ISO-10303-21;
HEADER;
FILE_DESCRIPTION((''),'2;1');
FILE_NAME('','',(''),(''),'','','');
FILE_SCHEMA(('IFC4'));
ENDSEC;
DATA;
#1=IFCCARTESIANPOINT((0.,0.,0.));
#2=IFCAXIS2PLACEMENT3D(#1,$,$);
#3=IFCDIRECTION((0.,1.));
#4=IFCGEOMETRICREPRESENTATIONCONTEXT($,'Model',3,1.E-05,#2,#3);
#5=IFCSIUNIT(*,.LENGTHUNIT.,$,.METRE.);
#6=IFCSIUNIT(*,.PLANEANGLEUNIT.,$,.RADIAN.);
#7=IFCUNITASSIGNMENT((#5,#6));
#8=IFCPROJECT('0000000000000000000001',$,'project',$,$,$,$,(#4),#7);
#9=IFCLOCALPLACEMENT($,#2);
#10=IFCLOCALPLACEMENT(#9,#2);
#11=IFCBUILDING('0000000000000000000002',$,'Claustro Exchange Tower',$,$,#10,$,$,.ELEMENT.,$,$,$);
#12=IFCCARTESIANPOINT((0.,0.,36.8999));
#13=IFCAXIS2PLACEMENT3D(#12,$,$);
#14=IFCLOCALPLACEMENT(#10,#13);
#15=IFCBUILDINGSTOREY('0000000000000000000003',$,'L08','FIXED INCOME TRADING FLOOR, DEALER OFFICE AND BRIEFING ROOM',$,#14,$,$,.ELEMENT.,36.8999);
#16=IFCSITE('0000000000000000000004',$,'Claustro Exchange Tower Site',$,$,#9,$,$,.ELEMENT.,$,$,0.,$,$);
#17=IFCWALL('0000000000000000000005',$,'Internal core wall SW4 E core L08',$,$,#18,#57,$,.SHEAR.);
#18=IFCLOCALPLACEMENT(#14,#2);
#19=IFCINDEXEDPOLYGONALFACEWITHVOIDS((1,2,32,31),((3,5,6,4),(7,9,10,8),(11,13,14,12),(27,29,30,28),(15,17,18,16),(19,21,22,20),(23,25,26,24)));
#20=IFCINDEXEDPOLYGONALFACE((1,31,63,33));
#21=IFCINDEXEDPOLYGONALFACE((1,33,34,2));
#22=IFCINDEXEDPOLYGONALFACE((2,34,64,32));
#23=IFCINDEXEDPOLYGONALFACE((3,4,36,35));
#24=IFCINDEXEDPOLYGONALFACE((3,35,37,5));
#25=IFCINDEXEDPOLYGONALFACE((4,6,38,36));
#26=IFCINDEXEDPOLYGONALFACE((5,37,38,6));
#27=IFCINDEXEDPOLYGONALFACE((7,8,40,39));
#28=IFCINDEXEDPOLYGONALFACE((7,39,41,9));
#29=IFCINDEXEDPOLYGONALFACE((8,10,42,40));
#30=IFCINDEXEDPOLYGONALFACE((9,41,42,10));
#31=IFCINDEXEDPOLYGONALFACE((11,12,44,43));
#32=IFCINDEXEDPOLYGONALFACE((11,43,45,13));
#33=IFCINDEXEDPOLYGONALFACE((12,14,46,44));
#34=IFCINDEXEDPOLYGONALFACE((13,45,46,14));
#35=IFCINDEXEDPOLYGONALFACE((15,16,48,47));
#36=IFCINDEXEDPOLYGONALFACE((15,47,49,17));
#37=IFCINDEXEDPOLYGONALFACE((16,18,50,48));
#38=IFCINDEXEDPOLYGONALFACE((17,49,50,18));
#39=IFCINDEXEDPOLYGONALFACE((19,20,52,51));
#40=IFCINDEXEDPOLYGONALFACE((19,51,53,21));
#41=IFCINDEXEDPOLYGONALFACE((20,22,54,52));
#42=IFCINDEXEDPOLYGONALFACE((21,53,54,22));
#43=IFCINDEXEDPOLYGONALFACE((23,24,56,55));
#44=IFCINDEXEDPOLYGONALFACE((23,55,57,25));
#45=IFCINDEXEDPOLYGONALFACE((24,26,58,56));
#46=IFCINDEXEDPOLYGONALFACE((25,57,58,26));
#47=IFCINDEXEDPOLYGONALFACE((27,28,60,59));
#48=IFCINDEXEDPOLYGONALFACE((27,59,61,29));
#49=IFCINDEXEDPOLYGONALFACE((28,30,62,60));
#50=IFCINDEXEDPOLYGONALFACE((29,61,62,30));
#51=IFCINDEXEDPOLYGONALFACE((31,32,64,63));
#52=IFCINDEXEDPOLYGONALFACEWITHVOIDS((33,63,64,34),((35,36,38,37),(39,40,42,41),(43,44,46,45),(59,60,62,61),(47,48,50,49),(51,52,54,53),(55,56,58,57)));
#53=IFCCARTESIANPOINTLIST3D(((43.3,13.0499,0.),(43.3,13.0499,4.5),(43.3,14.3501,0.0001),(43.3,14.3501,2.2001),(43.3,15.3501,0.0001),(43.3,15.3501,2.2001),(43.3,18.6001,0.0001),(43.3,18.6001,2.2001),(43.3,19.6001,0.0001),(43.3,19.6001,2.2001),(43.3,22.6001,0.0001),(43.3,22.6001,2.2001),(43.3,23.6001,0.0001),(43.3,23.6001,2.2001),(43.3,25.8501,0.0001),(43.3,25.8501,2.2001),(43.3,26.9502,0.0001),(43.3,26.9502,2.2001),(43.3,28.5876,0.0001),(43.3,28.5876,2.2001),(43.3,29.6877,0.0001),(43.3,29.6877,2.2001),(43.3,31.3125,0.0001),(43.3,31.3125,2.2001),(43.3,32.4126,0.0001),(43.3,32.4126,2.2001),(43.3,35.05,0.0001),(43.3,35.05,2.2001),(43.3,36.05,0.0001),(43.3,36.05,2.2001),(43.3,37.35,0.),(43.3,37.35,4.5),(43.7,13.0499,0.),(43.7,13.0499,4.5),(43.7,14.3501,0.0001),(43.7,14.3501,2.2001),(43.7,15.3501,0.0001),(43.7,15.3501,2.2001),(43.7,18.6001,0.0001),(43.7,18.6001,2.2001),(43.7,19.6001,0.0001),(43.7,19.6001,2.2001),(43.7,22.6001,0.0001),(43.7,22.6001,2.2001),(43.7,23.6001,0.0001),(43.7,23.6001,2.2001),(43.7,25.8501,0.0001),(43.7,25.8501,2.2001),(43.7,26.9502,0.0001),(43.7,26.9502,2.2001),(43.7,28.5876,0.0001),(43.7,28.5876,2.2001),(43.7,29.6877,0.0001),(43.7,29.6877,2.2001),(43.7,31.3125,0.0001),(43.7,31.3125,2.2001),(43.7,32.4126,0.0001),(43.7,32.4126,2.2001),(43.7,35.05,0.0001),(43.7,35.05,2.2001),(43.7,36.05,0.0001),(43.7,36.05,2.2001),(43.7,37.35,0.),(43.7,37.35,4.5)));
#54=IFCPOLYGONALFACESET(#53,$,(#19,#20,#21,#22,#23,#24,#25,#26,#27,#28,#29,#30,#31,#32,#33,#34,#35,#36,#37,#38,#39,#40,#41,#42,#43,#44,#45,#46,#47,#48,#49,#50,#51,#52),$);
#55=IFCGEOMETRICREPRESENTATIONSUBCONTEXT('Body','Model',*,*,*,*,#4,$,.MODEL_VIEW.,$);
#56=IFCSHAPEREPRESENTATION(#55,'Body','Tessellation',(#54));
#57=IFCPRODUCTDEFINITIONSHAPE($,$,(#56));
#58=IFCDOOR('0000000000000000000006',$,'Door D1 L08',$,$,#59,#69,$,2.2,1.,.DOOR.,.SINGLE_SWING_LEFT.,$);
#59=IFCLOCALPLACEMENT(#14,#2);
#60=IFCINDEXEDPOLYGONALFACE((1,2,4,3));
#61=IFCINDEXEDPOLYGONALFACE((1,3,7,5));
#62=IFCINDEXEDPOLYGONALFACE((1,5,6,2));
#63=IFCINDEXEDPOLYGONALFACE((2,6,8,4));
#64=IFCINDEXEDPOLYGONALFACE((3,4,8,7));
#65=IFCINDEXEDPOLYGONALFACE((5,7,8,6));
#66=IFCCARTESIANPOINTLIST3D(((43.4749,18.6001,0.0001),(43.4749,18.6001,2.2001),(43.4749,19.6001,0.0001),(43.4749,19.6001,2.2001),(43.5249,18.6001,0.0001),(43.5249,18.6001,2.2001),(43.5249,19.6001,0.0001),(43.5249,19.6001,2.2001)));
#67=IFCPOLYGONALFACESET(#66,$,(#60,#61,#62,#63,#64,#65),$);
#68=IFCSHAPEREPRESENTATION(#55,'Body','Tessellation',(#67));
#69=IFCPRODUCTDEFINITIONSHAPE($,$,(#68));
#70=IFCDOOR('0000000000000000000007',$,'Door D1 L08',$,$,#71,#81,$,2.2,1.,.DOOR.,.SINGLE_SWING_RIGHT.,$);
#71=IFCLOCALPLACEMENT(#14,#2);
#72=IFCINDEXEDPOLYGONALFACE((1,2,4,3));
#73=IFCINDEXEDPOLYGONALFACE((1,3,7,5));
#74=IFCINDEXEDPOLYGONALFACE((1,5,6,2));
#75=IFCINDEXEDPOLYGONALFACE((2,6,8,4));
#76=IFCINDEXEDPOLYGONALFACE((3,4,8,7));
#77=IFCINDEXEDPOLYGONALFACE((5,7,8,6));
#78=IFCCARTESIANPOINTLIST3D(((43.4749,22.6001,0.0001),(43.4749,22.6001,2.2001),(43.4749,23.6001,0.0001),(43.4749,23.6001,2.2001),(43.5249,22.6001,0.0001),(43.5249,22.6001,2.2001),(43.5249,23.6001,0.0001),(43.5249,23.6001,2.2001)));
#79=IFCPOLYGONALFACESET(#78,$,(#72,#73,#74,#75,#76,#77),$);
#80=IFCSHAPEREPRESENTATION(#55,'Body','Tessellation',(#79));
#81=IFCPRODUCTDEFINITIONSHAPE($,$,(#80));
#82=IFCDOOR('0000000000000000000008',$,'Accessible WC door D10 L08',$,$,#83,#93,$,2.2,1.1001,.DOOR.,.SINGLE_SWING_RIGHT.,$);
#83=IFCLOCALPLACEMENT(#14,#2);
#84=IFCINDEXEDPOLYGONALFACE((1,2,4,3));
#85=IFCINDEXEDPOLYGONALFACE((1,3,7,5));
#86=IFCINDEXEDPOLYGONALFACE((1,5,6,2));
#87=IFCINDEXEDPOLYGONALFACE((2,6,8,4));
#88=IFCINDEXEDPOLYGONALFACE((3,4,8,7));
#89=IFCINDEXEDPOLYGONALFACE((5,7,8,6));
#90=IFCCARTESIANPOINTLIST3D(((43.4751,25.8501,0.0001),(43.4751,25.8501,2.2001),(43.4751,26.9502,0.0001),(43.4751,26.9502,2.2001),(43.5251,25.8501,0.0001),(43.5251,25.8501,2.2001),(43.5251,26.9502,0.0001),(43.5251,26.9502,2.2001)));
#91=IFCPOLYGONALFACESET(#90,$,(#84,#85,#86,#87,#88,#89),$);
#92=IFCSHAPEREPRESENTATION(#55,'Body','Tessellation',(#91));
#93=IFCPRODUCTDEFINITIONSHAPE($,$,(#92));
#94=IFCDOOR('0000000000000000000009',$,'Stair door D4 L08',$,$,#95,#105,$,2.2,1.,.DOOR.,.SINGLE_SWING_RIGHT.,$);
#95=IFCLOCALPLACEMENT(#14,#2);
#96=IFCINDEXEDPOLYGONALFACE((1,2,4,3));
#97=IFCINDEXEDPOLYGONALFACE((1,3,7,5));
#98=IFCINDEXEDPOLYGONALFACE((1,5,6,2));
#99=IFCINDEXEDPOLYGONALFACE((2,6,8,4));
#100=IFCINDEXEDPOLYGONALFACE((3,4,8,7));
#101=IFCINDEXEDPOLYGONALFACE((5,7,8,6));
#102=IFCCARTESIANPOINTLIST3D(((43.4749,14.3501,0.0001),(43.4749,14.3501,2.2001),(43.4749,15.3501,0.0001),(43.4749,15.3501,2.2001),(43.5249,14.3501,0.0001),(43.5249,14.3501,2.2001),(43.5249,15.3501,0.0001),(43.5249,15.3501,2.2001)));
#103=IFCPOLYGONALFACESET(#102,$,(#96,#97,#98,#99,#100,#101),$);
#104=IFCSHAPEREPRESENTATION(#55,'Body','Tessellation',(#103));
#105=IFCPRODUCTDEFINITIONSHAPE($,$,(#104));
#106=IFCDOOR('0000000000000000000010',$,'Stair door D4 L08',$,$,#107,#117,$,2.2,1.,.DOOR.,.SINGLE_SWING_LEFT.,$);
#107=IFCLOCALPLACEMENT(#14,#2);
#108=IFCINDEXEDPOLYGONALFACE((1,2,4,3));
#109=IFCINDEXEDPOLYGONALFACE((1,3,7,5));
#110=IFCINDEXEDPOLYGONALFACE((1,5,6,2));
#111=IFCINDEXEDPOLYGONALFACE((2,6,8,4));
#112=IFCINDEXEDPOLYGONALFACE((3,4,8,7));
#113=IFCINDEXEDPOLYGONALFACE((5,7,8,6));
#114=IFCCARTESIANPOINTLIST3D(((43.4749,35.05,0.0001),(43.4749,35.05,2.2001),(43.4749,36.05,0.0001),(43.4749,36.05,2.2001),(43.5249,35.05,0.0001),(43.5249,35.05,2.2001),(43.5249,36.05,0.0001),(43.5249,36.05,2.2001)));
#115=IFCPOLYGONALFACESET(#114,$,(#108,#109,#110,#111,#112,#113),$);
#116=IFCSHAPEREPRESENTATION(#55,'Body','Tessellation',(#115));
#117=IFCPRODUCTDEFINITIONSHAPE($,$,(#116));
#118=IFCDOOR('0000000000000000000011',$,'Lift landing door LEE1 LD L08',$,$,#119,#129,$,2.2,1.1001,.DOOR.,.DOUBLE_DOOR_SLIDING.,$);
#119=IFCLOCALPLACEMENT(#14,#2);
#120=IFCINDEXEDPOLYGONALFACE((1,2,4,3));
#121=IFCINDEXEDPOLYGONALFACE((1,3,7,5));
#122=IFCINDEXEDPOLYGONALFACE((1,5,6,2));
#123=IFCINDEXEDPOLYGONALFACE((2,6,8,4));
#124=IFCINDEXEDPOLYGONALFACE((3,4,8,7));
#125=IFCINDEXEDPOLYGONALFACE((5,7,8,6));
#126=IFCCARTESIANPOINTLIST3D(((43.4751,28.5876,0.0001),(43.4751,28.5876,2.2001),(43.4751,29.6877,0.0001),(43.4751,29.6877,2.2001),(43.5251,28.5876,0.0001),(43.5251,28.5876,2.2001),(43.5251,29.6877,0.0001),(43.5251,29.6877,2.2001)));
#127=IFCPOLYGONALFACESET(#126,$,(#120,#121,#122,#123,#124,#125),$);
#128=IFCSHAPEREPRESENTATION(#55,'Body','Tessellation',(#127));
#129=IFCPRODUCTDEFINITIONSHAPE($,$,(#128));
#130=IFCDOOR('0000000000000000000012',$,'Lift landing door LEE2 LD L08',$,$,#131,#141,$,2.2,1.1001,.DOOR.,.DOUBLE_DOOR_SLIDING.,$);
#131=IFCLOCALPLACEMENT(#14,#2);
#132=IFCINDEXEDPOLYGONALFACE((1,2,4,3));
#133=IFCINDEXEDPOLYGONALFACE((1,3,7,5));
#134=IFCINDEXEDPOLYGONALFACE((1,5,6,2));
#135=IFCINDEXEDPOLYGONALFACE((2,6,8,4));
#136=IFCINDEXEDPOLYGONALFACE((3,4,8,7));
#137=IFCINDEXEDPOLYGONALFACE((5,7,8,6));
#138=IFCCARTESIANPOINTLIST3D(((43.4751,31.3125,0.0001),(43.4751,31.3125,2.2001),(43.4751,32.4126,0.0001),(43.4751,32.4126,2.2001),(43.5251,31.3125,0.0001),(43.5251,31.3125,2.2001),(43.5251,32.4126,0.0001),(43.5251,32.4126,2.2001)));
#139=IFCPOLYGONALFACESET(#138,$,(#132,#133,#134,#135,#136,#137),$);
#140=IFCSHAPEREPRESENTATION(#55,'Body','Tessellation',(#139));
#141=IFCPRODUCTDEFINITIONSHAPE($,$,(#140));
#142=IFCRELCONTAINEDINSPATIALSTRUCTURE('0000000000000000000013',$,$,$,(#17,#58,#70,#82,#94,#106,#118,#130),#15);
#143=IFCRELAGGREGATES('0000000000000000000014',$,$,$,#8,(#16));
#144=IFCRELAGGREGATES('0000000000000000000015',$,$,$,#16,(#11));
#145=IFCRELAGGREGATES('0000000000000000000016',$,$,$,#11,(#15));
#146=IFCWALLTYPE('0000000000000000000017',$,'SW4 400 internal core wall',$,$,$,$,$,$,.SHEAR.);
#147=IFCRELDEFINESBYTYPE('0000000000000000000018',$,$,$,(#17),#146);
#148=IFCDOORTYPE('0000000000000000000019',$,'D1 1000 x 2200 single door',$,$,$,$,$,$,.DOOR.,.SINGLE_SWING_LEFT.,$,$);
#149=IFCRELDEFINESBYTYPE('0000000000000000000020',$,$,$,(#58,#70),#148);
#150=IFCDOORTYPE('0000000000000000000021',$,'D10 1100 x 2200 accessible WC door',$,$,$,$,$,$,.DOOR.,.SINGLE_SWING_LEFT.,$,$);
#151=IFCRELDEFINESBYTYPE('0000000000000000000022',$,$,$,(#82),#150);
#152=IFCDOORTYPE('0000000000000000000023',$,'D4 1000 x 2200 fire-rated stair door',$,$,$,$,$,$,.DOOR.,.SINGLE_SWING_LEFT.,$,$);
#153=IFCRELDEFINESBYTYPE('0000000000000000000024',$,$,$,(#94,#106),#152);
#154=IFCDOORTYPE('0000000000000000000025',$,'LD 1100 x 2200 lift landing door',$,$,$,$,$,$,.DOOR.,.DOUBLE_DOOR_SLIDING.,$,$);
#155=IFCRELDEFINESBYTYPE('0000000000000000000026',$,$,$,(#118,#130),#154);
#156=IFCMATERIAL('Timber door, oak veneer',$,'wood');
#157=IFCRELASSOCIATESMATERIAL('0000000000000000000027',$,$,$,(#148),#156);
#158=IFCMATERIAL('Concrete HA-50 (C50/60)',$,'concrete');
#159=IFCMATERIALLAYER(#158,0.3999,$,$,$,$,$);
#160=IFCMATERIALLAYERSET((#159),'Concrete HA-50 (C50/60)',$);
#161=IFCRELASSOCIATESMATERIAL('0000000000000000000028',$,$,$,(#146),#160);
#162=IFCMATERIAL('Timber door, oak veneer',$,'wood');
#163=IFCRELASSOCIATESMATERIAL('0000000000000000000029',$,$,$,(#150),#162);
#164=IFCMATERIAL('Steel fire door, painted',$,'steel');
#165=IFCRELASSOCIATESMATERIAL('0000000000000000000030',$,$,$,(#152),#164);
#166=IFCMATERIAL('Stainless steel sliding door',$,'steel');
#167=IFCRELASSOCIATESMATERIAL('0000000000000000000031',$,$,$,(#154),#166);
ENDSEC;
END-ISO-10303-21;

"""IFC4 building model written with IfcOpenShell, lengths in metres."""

from ifc_helpers import new_model, si_unit, direction, frame, frame_2d, origin, place, context, subcontext, project, spatial, rectangle, extrude, material, layer, layer_set, type_object, element, fill, save


model = new_model("IFC4")

# Units and contexts
model_context = context("Model", 3, precision=1e-05, world=origin(), true_north=direction((0.0, 1.0)))
body_context = subcontext(model_context, "Body", "Model", "MODEL_VIEW")
ifc_project = project(units=[si_unit("LENGTHUNIT", "METRE"), si_unit("PLANEANGLEUNIT", "RADIAN")], contexts=[model_context])

# Site, building, storey
site_placement = place(None, origin())
site = spatial("IfcSite", under=ifc_project, at=site_placement, Name="Claustro Exchange Tower Site", CompositionType="ELEMENT", RefElevation=0.0)
building_placement = place(site_placement, origin())
building = spatial("IfcBuilding", under=site, at=building_placement, Name="Claustro Exchange Tower", CompositionType="ELEMENT")
storey_placement = place(building_placement, frame((0.0, 0.0, 36.8999)))
storey = spatial("IfcBuildingStorey", under=building, at=storey_placement, Name="L08", Description="FIXED INCOME TRADING FLOOR, DEALER OFFICE AND BRIEFING ROOM", CompositionType="ELEMENT", Elevation=36.8999)

# Shared definitions
ifc_material_1 = material(Name="Timber door, oak veneer", Category="wood")
door_type_1 = type_object("IfcDoorType", Name="D1 1000 x 2200 single door", OperationType="SINGLE_SWING_LEFT", PredefinedType="DOOR", material=ifc_material_1)

# Wall, openings, doors
ifc_material_2 = material(Name="Concrete HA-50 (C50/60)", Category="concrete")
ifc_layer_1 = layer(ifc_material_2, 0.3999)
ifc_layer_set_1 = layer_set([ifc_layer_1], Name="Concrete HA-50 (C50/60)")
wall_type_1 = type_object("IfcWallType", Name="SW4 400 internal core wall", PredefinedType="SHEAR", material=ifc_layer_set_1)
wall_1_placement = place(storey_placement, frame((43.5, 13.05, 0.0), z_axis=(0.0, 0.0, 1.0), x_axis=(0.0, 1.0, 0.0)))
wall_1 = element("IfcWall", 1, at=wall_1_placement, inside=storey, type_object=wall_type_1, Name="Internal core wall SW4 E core L08", PredefinedType="SHEAR", context=body_context, shape_type="SweptSolid", body=[
    extrude(rectangle(XDim=24.3, YDim=0.3999, at=frame_2d((12.1499, 0.0))), origin(), (0.0, 0.0, 1.0), 4.5),
])
opening_1_placement = place(wall_1_placement, frame((1.3, 0.0, 0.0)))
opening_1 = element("IfcOpeningElement", 2, at=opening_1_placement, cuts=wall_1, PredefinedType="OPENING", context=body_context, shape_type="SweptSolid", body=[
    extrude(rectangle(XDim=1.0, YDim=2.2, at=frame_2d((0.5, 1.1001))), frame((0.0, 0.21, 0.0), z_axis=(0.0, -1.0, 0.0), x_axis=(1.0, 0.0, 0.0)), (0.0, 0.0, 1.0), 0.4199),
])
opening_2_placement = place(wall_1_placement, frame((22.0, 0.0, 0.0)))
opening_2 = element("IfcOpeningElement", 3, at=opening_2_placement, cuts=wall_1, PredefinedType="OPENING", context=body_context, shape_type="SweptSolid", body=[
    extrude(rectangle(XDim=1.0, YDim=2.2, at=frame_2d((0.5, 1.1001))), frame((0.0, 0.21, 0.0), z_axis=(0.0, -1.0, 0.0), x_axis=(1.0, 0.0, 0.0)), (0.0, 0.0, 1.0), 0.4199),
])
opening_3_placement = place(wall_1_placement, frame((5.55, 0.0, 0.0)))
opening_3 = element("IfcOpeningElement", 4, at=opening_3_placement, cuts=wall_1, PredefinedType="OPENING", context=body_context, shape_type="SweptSolid", body=[
    extrude(rectangle(XDim=1.0, YDim=2.2, at=frame_2d((0.5, 1.1001))), frame((0.0, 0.21, 0.0), z_axis=(0.0, -1.0, 0.0), x_axis=(1.0, 0.0, 0.0)), (0.0, 0.0, 1.0), 0.4199),
])
opening_4_placement = place(wall_1_placement, frame((9.55, 0.0, 0.0)))
opening_4 = element("IfcOpeningElement", 5, at=opening_4_placement, cuts=wall_1, PredefinedType="OPENING", context=body_context, shape_type="SweptSolid", body=[
    extrude(rectangle(XDim=1.0, YDim=2.2, at=frame_2d((0.5, 1.1001))), frame((0.0, 0.21, 0.0), z_axis=(0.0, -1.0, 0.0), x_axis=(1.0, 0.0, 0.0)), (0.0, 0.0, 1.0), 0.4199),
])
opening_5_placement = place(wall_1_placement, frame((12.8, 0.0, 0.0)))
opening_5 = element("IfcOpeningElement", 6, at=opening_5_placement, cuts=wall_1, PredefinedType="OPENING", context=body_context, shape_type="SweptSolid", body=[
    extrude(rectangle(XDim=1.1001, YDim=2.2, at=frame_2d((0.55, 1.1001))), frame((0.0, 0.21, 0.0), z_axis=(0.0, -1.0, 0.0), x_axis=(1.0, 0.0, 0.0)), (0.0, 0.0, 1.0), 0.4199),
])
opening_6_placement = place(wall_1_placement, frame((15.5376, 0.0, 0.0)))
opening_6 = element("IfcOpeningElement", 7, at=opening_6_placement, cuts=wall_1, PredefinedType="OPENING", context=body_context, shape_type="SweptSolid", body=[
    extrude(rectangle(XDim=1.1001, YDim=2.2, at=frame_2d((0.55, 1.1001))), frame((0.0, 0.21, 0.0), z_axis=(0.0, -1.0, 0.0), x_axis=(1.0, 0.0, 0.0)), (0.0, 0.0, 1.0), 0.4199),
])
opening_7_placement = place(wall_1_placement, frame((18.2625, 0.0, 0.0)))
opening_7 = element("IfcOpeningElement", 8, at=opening_7_placement, cuts=wall_1, PredefinedType="OPENING", context=body_context, shape_type="SweptSolid", body=[
    extrude(rectangle(XDim=1.1001, YDim=2.2, at=frame_2d((0.55, 1.1001))), frame((0.0, 0.21, 0.0), z_axis=(0.0, -1.0, 0.0), x_axis=(1.0, 0.0, 0.0)), (0.0, 0.0, 1.0), 0.4199),
])
door_1_placement = place(opening_3_placement, frame((1.0, 0.0, 0.0), z_axis=(0.0, 0.0, 1.0), x_axis=(-1.0, 0.0, 0.0)))
door_1 = element("IfcDoor", 9, at=door_1_placement, inside=storey, type_object=door_type_1, Name="Door D1 L08", OperationType="SINGLE_SWING_LEFT", OverallHeight=2.2, OverallWidth=1.0, PredefinedType="DOOR", context=body_context, shape_type="SweptSolid", body=[
    extrude(rectangle(XDim=1.0, YDim=2.2, at=frame_2d((0.5, 1.1001))), frame((0.0, 0.0249, 0.0), z_axis=(0.0, -1.0, 0.0), x_axis=(1.0, 0.0, 0.0)), (0.0, 0.0, 1.0), 0.05),
])
fill(opening_3, door_1)
door_2_placement = place(opening_4_placement, frame((1.0, 0.0, 0.0), z_axis=(0.0, 0.0, 1.0), x_axis=(-1.0, 0.0, 0.0)))
door_2 = element("IfcDoor", 10, at=door_2_placement, inside=storey, type_object=door_type_1, Name="Door D1 L08", OperationType="SINGLE_SWING_RIGHT", OverallHeight=2.2, OverallWidth=1.0, PredefinedType="DOOR", context=body_context, shape_type="SweptSolid", body=[
    extrude(rectangle(XDim=1.0, YDim=2.2, at=frame_2d((0.5, 1.1001))), frame((0.0, 0.0249, 0.0), z_axis=(0.0, -1.0, 0.0), x_axis=(1.0, 0.0, 0.0)), (0.0, 0.0, 1.0), 0.05),
])
fill(opening_4, door_2)
ifc_material_3 = material(Name="Timber door, oak veneer", Category="wood")
door_type_2 = type_object("IfcDoorType", Name="D10 1100 x 2200 accessible WC door", OperationType="SINGLE_SWING_LEFT", PredefinedType="DOOR", material=ifc_material_3)
door_3_placement = place(opening_5_placement, origin())
door_3 = element("IfcDoor", 11, at=door_3_placement, inside=storey, type_object=door_type_2, Name="Accessible WC door D10 L08", OperationType="SINGLE_SWING_RIGHT", OverallHeight=2.2, OverallWidth=1.1001, PredefinedType="DOOR", context=body_context, shape_type="SweptSolid", body=[
    extrude(rectangle(XDim=1.1001, YDim=2.2, at=frame_2d((0.55, 1.1001))), frame((0.0, 0.0249, 0.0), z_axis=(0.0, -1.0, 0.0), x_axis=(1.0, 0.0, 0.0)), (0.0, 0.0, 1.0), 0.05),
])
fill(opening_5, door_3)
ifc_material_4 = material(Name="Steel fire door, painted", Category="steel")
door_type_3 = type_object("IfcDoorType", Name="D4 1000 x 2200 fire-rated stair door", OperationType="SINGLE_SWING_LEFT", PredefinedType="DOOR", material=ifc_material_4)
door_4_placement = place(opening_1_placement, frame((1.0, 0.0, 0.0), z_axis=(0.0, 0.0, 1.0), x_axis=(-1.0, 0.0, 0.0)))
door_4 = element("IfcDoor", 12, at=door_4_placement, inside=storey, type_object=door_type_3, Name="Stair door D4 L08", OperationType="SINGLE_SWING_RIGHT", OverallHeight=2.2, OverallWidth=1.0, PredefinedType="DOOR", context=body_context, shape_type="SweptSolid", body=[
    extrude(rectangle(XDim=1.0, YDim=2.2, at=frame_2d((0.5, 1.1001))), frame((0.0, 0.0249, 0.0), z_axis=(0.0, -1.0, 0.0), x_axis=(1.0, 0.0, 0.0)), (0.0, 0.0, 1.0), 0.05),
])
fill(opening_1, door_4)
door_5_placement = place(opening_2_placement, frame((1.0, 0.0, 0.0), z_axis=(0.0, 0.0, 1.0), x_axis=(-1.0, 0.0, 0.0)))
door_5 = element("IfcDoor", 13, at=door_5_placement, inside=storey, type_object=door_type_3, Name="Stair door D4 L08", OperationType="SINGLE_SWING_LEFT", OverallHeight=2.2, OverallWidth=1.0, PredefinedType="DOOR", context=body_context, shape_type="SweptSolid", body=[
    extrude(rectangle(XDim=1.0, YDim=2.2, at=frame_2d((0.5, 1.1001))), frame((0.0, 0.0249, 0.0), z_axis=(0.0, -1.0, 0.0), x_axis=(1.0, 0.0, 0.0)), (0.0, 0.0, 1.0), 0.05),
])
fill(opening_2, door_5)
ifc_material_5 = material(Name="Stainless steel sliding door", Category="steel")
door_type_4 = type_object("IfcDoorType", Name="LD 1100 x 2200 lift landing door", OperationType="DOUBLE_DOOR_SLIDING", PredefinedType="DOOR", material=ifc_material_5)
door_6_placement = place(opening_6_placement, origin())
door_6 = element("IfcDoor", 14, at=door_6_placement, inside=storey, type_object=door_type_4, Name="Lift landing door LEE1 LD L08", OperationType="DOUBLE_DOOR_SLIDING", OverallHeight=2.2, OverallWidth=1.1001, PredefinedType="DOOR", context=body_context, shape_type="SweptSolid", body=[
    extrude(rectangle(XDim=1.1001, YDim=2.2, at=frame_2d((0.55, 1.1001))), frame((0.0, 0.0249, 0.0), z_axis=(0.0, -1.0, 0.0), x_axis=(1.0, 0.0, 0.0)), (0.0, 0.0, 1.0), 0.05),
])
fill(opening_6, door_6)
door_7_placement = place(opening_7_placement, origin())
door_7 = element("IfcDoor", 15, at=door_7_placement, inside=storey, type_object=door_type_4, Name="Lift landing door LEE2 LD L08", OperationType="DOUBLE_DOOR_SLIDING", OverallHeight=2.2, OverallWidth=1.1001, PredefinedType="DOOR", context=body_context, shape_type="SweptSolid", body=[
    extrude(rectangle(XDim=1.1001, YDim=2.2, at=frame_2d((0.55, 1.1001))), frame((0.0, 0.0249, 0.0), z_axis=(0.0, -1.0, 0.0), x_axis=(1.0, 0.0, 0.0)), (0.0, 0.0, 1.0), 0.05),
])
fill(opening_7, door_7)

save(model, "model.ifc")
